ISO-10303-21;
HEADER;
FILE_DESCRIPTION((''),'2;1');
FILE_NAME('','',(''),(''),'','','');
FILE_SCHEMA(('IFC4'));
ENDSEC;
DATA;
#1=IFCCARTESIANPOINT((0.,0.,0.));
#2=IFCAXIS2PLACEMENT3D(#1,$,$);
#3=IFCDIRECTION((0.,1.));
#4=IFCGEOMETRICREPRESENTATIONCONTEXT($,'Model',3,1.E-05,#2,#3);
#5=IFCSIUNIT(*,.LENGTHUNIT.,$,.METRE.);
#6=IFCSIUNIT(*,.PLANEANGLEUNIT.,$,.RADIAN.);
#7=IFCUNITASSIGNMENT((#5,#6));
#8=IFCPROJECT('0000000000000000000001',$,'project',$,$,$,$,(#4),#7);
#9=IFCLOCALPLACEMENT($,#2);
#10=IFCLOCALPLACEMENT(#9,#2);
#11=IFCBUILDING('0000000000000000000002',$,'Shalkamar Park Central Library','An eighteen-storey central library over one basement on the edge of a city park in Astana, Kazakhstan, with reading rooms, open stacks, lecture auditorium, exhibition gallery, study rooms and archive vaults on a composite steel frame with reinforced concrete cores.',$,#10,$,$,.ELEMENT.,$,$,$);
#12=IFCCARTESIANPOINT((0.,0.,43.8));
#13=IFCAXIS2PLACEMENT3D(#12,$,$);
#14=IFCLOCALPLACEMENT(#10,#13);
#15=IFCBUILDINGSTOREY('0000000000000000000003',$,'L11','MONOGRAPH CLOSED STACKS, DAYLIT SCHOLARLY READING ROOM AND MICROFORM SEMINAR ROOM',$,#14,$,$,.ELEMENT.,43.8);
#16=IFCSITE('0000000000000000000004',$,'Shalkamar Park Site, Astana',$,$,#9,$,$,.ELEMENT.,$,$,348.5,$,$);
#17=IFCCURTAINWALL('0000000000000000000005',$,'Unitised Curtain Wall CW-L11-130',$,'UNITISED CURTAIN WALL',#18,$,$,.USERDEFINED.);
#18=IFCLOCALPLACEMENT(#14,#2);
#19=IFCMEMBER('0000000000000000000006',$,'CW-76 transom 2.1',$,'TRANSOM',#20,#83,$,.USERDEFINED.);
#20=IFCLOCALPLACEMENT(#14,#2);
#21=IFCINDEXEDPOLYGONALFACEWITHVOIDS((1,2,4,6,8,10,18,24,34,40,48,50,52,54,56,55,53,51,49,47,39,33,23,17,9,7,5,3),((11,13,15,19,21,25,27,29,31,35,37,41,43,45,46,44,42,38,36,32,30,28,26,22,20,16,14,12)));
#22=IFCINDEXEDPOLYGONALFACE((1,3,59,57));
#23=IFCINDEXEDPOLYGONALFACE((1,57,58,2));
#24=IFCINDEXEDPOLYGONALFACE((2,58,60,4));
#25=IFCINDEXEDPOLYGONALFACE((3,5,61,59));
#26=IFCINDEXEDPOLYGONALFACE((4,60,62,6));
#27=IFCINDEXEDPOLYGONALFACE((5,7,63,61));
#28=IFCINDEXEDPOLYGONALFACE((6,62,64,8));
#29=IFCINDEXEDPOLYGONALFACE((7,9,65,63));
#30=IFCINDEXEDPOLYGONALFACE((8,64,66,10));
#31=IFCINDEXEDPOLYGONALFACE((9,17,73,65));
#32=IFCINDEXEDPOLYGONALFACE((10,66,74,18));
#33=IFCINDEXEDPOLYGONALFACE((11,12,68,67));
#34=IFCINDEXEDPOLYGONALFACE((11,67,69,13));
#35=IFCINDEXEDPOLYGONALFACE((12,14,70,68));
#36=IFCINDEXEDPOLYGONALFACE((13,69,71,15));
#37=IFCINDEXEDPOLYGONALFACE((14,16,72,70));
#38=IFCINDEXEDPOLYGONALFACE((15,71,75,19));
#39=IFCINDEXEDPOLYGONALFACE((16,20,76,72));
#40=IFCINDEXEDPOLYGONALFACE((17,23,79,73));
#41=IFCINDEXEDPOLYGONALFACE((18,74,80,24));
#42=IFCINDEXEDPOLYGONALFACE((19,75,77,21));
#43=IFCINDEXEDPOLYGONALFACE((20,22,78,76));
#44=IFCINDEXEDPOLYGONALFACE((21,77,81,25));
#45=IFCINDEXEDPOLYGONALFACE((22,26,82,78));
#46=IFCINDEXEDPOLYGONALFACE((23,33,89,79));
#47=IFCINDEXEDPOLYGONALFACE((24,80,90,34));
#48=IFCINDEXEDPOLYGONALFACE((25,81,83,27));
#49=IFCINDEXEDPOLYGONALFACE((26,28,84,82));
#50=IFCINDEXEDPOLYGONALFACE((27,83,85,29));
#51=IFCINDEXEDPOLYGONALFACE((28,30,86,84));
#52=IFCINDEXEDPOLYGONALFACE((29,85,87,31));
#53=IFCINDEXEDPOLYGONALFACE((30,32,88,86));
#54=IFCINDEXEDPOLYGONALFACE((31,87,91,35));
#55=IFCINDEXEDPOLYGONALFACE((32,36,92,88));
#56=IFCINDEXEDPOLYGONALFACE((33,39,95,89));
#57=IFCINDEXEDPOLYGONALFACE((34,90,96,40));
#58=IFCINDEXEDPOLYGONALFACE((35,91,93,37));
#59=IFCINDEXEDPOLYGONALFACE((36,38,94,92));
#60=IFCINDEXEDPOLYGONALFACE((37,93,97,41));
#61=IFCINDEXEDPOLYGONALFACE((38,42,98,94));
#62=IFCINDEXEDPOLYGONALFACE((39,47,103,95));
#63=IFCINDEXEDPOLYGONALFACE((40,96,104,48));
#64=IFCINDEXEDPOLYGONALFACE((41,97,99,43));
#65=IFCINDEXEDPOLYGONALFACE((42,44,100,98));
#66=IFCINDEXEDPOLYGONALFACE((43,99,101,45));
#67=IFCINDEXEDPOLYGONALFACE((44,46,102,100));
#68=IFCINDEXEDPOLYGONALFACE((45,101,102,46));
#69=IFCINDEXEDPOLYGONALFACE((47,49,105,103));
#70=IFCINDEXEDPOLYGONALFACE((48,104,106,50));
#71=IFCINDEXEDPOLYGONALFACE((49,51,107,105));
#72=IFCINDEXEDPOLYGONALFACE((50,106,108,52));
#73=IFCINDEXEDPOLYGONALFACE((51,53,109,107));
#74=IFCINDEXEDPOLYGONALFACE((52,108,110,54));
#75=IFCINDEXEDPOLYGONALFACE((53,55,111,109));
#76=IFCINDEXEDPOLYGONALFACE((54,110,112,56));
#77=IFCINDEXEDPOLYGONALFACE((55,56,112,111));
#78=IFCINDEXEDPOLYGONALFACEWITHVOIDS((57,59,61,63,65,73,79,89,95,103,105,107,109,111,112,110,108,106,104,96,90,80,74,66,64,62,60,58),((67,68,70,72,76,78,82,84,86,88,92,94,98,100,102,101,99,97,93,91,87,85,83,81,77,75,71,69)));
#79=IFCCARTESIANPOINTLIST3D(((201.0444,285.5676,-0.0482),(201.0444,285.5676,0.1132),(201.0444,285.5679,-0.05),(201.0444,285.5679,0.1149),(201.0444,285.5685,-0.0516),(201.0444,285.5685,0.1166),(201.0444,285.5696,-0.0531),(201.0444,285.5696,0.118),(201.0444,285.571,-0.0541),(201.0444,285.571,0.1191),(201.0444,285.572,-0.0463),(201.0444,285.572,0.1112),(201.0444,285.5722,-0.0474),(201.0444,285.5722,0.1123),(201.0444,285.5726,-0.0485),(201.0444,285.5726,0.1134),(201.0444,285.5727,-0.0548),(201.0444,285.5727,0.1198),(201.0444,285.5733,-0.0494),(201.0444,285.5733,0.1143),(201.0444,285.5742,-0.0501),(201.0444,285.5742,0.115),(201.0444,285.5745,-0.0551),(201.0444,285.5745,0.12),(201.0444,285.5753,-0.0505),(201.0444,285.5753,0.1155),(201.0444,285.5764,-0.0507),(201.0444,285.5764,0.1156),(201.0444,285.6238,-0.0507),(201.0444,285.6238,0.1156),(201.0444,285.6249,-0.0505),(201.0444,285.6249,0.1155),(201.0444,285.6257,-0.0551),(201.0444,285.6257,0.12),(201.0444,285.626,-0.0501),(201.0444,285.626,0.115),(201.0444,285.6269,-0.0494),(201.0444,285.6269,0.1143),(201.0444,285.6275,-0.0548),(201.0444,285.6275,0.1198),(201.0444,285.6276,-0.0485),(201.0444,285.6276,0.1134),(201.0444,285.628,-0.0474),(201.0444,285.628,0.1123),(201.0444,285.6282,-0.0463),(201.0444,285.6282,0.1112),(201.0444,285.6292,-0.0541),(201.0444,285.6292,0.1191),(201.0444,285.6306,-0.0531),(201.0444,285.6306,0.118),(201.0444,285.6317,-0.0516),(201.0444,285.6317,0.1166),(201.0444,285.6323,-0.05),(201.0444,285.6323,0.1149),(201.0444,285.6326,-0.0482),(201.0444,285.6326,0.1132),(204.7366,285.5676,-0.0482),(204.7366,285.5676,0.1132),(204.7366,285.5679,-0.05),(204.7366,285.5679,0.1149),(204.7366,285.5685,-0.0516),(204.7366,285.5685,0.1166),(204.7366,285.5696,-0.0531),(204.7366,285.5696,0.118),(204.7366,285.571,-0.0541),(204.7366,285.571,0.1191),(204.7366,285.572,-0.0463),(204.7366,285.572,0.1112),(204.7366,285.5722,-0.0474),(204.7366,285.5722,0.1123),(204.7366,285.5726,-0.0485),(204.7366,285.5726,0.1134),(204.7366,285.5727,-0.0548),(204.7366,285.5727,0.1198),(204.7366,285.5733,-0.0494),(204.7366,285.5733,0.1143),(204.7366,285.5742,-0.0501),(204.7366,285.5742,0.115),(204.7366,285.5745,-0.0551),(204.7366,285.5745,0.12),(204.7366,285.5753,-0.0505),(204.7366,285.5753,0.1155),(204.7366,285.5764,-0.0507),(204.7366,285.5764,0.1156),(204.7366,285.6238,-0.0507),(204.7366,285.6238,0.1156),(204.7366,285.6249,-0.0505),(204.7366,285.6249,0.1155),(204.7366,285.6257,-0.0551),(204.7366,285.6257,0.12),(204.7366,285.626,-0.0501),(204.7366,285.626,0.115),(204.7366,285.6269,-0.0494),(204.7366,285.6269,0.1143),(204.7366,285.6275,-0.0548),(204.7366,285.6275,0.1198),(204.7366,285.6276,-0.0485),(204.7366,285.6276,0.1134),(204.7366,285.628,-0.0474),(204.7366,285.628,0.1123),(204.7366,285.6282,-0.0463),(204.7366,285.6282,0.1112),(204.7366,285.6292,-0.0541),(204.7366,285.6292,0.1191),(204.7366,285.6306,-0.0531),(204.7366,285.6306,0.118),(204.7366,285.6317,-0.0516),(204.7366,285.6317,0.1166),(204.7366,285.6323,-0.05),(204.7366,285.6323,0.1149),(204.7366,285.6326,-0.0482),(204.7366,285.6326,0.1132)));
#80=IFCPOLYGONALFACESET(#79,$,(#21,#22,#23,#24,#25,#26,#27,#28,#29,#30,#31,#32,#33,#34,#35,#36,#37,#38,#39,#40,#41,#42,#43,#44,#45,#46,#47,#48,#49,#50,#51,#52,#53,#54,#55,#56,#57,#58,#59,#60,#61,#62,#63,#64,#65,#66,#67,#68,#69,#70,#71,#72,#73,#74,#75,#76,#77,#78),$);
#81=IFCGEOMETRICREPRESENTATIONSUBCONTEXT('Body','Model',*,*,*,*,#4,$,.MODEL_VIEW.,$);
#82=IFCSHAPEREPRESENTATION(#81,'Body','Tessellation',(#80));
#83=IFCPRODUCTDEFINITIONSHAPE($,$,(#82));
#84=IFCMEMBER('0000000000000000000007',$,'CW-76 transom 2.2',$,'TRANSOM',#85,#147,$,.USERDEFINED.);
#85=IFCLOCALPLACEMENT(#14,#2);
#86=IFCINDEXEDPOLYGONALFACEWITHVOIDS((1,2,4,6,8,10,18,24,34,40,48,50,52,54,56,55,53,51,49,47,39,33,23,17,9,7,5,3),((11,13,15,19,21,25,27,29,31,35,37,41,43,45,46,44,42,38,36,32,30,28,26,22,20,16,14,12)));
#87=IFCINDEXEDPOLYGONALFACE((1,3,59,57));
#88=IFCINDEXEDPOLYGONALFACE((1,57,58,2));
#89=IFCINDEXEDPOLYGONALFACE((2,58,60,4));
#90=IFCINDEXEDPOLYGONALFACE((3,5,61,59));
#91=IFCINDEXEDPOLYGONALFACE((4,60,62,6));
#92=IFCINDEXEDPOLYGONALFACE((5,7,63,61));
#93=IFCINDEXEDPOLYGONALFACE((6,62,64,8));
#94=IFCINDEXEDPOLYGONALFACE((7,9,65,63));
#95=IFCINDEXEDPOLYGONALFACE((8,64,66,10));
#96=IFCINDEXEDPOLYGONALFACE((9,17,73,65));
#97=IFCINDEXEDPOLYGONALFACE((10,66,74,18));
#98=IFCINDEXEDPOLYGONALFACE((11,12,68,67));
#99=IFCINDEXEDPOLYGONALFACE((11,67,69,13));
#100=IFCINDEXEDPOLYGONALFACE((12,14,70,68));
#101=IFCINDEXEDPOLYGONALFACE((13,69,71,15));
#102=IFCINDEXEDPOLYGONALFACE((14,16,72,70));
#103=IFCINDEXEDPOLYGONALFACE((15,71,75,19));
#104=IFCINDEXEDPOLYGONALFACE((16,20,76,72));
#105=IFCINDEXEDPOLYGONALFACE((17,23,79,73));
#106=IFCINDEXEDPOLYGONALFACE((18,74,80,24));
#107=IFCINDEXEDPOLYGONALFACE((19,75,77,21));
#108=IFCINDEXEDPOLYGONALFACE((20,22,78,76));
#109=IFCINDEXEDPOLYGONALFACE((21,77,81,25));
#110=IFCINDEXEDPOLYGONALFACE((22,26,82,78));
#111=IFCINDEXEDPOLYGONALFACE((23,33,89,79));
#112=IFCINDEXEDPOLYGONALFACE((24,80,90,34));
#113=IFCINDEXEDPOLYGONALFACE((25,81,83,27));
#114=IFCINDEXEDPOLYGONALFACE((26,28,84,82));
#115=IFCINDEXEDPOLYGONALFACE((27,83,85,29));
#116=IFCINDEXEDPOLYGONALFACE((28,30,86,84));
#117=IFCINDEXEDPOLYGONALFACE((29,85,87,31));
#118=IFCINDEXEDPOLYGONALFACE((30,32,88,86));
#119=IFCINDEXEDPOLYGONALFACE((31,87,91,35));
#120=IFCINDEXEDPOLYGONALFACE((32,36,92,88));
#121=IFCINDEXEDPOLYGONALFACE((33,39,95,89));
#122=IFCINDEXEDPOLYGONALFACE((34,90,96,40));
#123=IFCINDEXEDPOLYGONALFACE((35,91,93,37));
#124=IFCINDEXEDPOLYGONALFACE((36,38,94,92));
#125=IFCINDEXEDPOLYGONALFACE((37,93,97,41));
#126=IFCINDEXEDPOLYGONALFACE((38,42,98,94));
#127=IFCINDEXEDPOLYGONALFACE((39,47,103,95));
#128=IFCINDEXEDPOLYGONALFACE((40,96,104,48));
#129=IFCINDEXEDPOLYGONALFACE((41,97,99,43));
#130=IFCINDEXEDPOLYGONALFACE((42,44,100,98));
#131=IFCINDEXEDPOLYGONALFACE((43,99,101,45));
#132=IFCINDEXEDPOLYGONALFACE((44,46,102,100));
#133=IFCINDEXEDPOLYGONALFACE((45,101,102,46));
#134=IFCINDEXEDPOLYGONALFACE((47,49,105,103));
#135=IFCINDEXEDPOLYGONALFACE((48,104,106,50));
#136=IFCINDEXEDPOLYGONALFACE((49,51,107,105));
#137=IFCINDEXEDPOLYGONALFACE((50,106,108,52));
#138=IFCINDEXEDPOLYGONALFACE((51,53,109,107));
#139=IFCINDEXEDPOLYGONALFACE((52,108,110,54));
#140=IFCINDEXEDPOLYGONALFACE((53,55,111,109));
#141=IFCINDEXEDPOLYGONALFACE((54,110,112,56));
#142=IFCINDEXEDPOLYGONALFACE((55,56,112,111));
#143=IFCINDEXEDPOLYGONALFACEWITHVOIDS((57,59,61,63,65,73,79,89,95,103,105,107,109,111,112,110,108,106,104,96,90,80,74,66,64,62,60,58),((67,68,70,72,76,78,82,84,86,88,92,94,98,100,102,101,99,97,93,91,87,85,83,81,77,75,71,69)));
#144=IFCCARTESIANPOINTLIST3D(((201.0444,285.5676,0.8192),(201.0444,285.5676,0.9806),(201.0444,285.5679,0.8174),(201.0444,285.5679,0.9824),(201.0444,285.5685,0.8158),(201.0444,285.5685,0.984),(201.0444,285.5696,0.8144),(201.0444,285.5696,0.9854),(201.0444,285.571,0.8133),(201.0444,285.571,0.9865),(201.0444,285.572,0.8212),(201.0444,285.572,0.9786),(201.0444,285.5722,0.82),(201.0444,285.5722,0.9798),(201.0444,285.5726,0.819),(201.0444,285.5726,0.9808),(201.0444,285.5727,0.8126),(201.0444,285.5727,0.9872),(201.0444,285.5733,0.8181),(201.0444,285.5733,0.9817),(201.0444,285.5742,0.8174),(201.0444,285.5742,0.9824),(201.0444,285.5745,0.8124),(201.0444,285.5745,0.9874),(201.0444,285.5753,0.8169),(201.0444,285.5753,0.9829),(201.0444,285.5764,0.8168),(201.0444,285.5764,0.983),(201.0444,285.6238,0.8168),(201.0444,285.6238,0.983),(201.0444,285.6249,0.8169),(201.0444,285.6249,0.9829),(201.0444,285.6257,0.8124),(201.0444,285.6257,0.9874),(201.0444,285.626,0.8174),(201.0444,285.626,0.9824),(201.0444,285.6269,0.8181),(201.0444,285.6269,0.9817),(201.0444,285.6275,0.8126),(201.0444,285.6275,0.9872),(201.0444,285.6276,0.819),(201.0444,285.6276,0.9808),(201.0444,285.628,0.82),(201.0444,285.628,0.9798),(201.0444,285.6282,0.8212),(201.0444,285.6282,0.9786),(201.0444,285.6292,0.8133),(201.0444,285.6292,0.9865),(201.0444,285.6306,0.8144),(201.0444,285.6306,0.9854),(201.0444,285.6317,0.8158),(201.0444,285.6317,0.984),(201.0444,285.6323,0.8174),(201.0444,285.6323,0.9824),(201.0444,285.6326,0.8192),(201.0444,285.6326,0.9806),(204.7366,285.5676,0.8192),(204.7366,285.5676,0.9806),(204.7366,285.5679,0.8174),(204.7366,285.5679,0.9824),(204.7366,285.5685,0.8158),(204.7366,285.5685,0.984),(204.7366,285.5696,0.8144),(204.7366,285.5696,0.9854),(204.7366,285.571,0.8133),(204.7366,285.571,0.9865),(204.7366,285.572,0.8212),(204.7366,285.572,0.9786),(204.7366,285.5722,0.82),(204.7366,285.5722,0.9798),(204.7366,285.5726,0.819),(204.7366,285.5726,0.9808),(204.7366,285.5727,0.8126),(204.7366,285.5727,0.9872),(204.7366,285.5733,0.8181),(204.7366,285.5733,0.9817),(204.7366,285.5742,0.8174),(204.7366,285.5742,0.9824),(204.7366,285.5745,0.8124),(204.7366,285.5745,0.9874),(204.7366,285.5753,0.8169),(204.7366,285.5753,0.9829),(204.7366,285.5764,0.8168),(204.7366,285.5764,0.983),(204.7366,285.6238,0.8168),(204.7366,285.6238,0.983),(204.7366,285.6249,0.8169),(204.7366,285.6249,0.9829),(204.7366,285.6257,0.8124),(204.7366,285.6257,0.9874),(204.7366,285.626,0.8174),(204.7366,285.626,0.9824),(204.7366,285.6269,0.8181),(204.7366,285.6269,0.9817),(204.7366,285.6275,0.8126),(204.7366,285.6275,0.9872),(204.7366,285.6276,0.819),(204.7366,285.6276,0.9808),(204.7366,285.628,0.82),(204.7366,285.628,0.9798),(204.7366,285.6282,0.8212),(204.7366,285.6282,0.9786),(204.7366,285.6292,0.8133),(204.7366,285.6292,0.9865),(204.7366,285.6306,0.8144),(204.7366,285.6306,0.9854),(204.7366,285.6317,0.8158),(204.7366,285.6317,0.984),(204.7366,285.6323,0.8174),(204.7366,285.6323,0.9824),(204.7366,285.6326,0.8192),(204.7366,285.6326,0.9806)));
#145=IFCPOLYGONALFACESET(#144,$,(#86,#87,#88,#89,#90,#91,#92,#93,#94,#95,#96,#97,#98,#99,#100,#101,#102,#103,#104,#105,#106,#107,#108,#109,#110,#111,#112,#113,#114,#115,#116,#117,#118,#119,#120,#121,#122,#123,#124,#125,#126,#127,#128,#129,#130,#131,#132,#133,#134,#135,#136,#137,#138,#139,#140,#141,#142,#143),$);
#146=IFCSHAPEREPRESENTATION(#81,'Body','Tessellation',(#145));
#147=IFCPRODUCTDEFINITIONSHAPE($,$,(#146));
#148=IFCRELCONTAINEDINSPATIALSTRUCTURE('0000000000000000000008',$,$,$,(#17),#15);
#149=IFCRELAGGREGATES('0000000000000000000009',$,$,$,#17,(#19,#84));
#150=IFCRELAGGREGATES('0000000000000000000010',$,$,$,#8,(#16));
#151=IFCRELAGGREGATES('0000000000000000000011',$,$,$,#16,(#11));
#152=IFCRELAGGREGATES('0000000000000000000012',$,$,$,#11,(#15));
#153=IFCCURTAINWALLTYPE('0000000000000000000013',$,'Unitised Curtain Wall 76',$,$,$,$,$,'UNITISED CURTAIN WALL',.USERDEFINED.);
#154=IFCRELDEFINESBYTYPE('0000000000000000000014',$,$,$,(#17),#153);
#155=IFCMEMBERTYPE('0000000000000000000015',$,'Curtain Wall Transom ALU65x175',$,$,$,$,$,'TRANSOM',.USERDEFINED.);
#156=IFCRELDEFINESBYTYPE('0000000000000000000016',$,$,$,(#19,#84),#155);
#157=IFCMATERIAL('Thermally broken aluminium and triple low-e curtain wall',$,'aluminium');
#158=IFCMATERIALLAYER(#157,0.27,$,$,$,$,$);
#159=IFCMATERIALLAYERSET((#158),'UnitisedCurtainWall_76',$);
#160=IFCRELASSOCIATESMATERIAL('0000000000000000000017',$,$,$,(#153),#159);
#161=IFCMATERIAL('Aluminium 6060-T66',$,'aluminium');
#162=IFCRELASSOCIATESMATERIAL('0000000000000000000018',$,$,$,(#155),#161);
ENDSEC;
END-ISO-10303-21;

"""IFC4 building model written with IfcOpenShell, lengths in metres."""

from ifc_helpers import new_model, si_unit, direction, frame, origin, origin_2d, place, context, subcontext, project, spatial, hollow_rectangle, extrude, material, layer, layer_set, material_profile, profile_set, type_object, element, aggregate, save


model = new_model("IFC4")

# Units and contexts
model_context = context("Model", 3, precision=1e-05, world=origin(), true_north=direction((0.0, 1.0)))
body_context = subcontext(model_context, "Body", "Model", "MODEL_VIEW")
ifc_project = project(units=[si_unit("LENGTHUNIT", "METRE"), si_unit("PLANEANGLEUNIT", "RADIAN")], contexts=[model_context])

# Site, building, storey
site_placement = place(None, origin())
site = spatial("IfcSite", under=ifc_project, at=site_placement, Name="Shalkamar Park Site, Astana", CompositionType="ELEMENT", RefElevation=348.5)
building_placement = place(site_placement, origin())
building = spatial("IfcBuilding", under=site, at=building_placement, Name="Shalkamar Park Central Library", Description="An eighteen-storey central library over one basement on the edge of a city park in Astana, Kazakhstan, with reading rooms, open stacks, lecture auditorium, exhibition gallery, study rooms and archive vaults on a composite steel frame with reinforced concrete cores.", CompositionType="ELEMENT")
storey_placement = place(building_placement, frame((0.0, 0.0, 43.8)))
storey = spatial("IfcBuildingStorey", under=building, at=storey_placement, Name="L11", Description="MONOGRAPH CLOSED STACKS, DAYLIT SCHOLARLY READING ROOM AND MICROFORM SEMINAR ROOM", CompositionType="ELEMENT", Elevation=43.8)

# Curtain wall
ifc_material_1 = material(Name="Thermally broken aluminium and triple low-e curtain wall", Category="aluminium")
ifc_layer_1 = layer(ifc_material_1, 0.27)
ifc_layer_set_1 = layer_set([ifc_layer_1], Name="UnitisedCurtainWall_76")
curtain_wall_type_1 = type_object("IfcCurtainWallType", Name="Unitised Curtain Wall 76", ElementType="UNITISED CURTAIN WALL", PredefinedType="USERDEFINED", material=ifc_layer_set_1)
curtain_wall_1_placement = place(storey_placement, origin())
curtain_wall_1 = element("IfcCurtainWall", 1, at=curtain_wall_1_placement, inside=storey, type_object=curtain_wall_type_1, Name="Unitised Curtain Wall CW-L11-130", ObjectType="UNITISED CURTAIN WALL", PredefinedType="USERDEFINED")
ifc_material_2 = material(Name="Aluminium 6060-T66", Category="aluminium")

# Members
ifc_material_profile_1 = material_profile(ifc_material_2, hollow_rectangle(XDim=0.0649, YDim=0.175, WallThickness=0.0044, InnerFilletRadius=0.0044, OuterFilletRadius=0.0068, at=origin_2d()), Name="ALU 65x175x4.5")
ifc_profile_set_1 = profile_set([ifc_material_profile_1], Name="Aluminium 6060-T66")
member_type_1 = type_object("IfcMemberType", Name="Curtain Wall Transom ALU65x175", ElementType="TRANSOM", PredefinedType="USERDEFINED", material=ifc_profile_set_1)
member_1_placement = place(storey_placement, frame((201.0444, 285.6001, 0.0325), z_axis=(1.0, 0.0, 0.0), x_axis=(0.0, 1.0, 0.0)))
member_1 = element("IfcMember", 2, at=member_1_placement, type_object=member_type_1, Name="CW-76 transom 2.1", ObjectType="TRANSOM", PredefinedType="USERDEFINED", context=body_context, shape_type="SweptSolid", body=[
    extrude(hollow_rectangle(XDim=0.0649, YDim=0.175, WallThickness=0.0044, InnerFilletRadius=0.0044, OuterFilletRadius=0.0068, at=origin_2d()), origin(), (0.0, 0.0, 1.0), 3.6921),
])
member_2_placement = place(storey_placement, frame((201.0444, 285.6001, 0.8999), z_axis=(1.0, 0.0, 0.0), x_axis=(0.0, 1.0, 0.0)))
member_2 = element("IfcMember", 3, at=member_2_placement, type_object=member_type_1, Name="CW-76 transom 2.2", ObjectType="TRANSOM", PredefinedType="USERDEFINED", context=body_context, shape_type="SweptSolid", body=[
    extrude(hollow_rectangle(XDim=0.0649, YDim=0.175, WallThickness=0.0044, InnerFilletRadius=0.0044, OuterFilletRadius=0.0068, at=origin_2d()), origin(), (0.0, 0.0, 1.0), 3.6921),
])

aggregate(curtain_wall_1, [member_1, member_2])

save(model, "model.ifc")
